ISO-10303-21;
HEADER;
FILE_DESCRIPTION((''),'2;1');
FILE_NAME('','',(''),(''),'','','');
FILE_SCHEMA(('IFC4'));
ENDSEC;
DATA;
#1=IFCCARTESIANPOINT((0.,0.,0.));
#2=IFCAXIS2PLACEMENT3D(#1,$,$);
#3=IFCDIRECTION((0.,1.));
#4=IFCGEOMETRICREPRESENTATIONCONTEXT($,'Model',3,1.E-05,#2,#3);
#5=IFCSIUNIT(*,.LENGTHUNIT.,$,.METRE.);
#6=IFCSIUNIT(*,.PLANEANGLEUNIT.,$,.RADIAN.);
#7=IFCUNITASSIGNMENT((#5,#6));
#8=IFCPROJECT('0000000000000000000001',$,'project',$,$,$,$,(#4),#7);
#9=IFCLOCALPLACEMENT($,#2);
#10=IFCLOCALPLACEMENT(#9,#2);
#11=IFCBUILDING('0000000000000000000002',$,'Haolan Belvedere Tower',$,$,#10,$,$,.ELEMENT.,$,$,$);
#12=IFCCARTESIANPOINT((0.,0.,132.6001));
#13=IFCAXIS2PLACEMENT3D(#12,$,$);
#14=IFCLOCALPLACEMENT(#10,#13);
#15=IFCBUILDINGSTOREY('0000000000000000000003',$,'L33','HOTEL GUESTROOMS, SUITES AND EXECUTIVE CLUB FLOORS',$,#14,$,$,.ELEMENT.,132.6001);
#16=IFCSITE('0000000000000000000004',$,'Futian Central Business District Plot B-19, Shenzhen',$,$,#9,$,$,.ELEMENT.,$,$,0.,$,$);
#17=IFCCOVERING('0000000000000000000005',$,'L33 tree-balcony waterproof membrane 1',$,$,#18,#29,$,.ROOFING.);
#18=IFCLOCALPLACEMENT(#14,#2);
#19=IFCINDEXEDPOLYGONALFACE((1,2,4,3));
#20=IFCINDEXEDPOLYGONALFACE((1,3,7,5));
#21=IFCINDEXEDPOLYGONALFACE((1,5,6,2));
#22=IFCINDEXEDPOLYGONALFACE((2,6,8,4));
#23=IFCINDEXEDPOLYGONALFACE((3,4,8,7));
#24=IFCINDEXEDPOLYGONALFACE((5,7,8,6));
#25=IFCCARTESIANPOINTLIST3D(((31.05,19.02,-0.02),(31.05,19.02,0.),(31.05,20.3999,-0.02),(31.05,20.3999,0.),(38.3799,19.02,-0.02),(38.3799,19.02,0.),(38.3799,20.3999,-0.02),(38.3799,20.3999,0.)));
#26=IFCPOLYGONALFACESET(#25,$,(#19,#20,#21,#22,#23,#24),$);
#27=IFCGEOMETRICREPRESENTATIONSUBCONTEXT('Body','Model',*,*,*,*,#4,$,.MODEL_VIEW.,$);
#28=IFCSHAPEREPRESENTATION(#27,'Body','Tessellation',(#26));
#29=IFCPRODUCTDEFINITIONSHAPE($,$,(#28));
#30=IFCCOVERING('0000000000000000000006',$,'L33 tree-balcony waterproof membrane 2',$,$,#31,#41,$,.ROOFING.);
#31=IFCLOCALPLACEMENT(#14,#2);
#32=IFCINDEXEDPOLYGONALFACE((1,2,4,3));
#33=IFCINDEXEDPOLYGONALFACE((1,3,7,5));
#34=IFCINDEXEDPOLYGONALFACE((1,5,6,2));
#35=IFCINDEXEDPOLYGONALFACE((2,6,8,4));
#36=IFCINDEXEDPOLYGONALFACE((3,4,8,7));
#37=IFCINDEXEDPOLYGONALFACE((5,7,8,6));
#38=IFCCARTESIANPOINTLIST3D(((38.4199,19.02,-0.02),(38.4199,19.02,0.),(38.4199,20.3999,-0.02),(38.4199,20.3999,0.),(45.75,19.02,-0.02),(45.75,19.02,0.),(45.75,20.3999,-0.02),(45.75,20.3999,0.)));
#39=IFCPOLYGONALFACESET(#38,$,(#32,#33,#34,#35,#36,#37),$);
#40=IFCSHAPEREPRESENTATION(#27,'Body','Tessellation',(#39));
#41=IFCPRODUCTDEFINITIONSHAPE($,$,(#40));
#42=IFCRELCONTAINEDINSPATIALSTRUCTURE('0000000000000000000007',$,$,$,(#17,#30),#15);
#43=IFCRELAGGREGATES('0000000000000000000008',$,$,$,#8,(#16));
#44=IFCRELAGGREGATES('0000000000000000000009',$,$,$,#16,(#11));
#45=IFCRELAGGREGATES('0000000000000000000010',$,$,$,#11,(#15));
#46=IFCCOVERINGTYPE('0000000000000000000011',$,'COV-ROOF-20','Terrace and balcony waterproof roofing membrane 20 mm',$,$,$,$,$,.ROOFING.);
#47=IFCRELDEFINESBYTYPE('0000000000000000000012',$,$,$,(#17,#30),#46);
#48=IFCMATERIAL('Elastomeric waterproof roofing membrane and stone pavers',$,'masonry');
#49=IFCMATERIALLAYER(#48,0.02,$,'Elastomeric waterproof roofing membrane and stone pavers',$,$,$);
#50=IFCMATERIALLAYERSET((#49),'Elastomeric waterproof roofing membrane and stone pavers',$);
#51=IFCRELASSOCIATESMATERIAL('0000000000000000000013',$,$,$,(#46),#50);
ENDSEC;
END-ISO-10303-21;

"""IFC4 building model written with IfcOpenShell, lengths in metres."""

from ifc_helpers import new_model, si_unit, direction, frame, origin, place, context, subcontext, project, spatial, polyline, outline, extrude, material, layer, layer_set, type_object, element, save


model = new_model("IFC4")

# Units and contexts
model_context = context("Model", 3, precision=1e-05, world=origin(), true_north=direction((0.0, 1.0)))
body_context = subcontext(model_context, "Body", "Model", "MODEL_VIEW")
ifc_project = project(units=[si_unit("LENGTHUNIT", "METRE"), si_unit("PLANEANGLEUNIT", "RADIAN")], contexts=[model_context])

# Site, building, storey
site_placement = place(None, origin())
site = spatial("IfcSite", under=ifc_project, at=site_placement, Name="Futian Central Business District Plot B-19, Shenzhen", CompositionType="ELEMENT", RefElevation=0.0)
building_placement = place(site_placement, origin())
building = spatial("IfcBuilding", under=site, at=building_placement, Name="Haolan Belvedere Tower", CompositionType="ELEMENT")
storey_placement = place(building_placement, frame((0.0, 0.0, 132.6001)))
storey = spatial("IfcBuildingStorey", under=building, at=storey_placement, Name="L33", Description="HOTEL GUESTROOMS, SUITES AND EXECUTIVE CLUB FLOORS", CompositionType="ELEMENT", Elevation=132.6001)

# Coverings
ifc_material_1 = material(Name="Elastomeric waterproof roofing membrane and stone pavers", Category="masonry")
ifc_layer_1 = layer(ifc_material_1, 0.02, Name="Elastomeric waterproof roofing membrane and stone pavers")
ifc_layer_set_1 = layer_set([ifc_layer_1], Name="Elastomeric waterproof roofing membrane and stone pavers")
covering_type_1 = type_object("IfcCoveringType", Name="COV-ROOF-20", Description="Terrace and balcony waterproof roofing membrane 20 mm", PredefinedType="ROOFING", material=ifc_layer_set_1)
covering_1_placement = place(storey_placement, frame((0.0, 0.0, -0.02)))
element("IfcCovering", 1, at=covering_1_placement, inside=storey, type_object=covering_type_1, Name="L33 tree-balcony waterproof membrane 1", PredefinedType="ROOFING", context=body_context, shape_type="SweptSolid", body=[
    extrude(outline(polyline([(31.05, 19.02), (38.3799, 19.02), (38.3799, 20.3999), (31.05, 20.3999), (31.05, 19.02)])), origin(), (0.0, 0.0, 1.0), 0.02),
])
covering_2_placement = place(storey_placement, frame((0.0, 0.0, -0.02)))
element("IfcCovering", 2, at=covering_2_placement, inside=storey, type_object=covering_type_1, Name="L33 tree-balcony waterproof membrane 2", PredefinedType="ROOFING", context=body_context, shape_type="SweptSolid", body=[
    extrude(outline(polyline([(38.4199, 19.02), (45.75, 19.02), (45.75, 20.3999), (38.4199, 20.3999), (38.4199, 19.02)])), origin(), (0.0, 0.0, 1.0), 0.02),
])

save(model, "model.ifc")
